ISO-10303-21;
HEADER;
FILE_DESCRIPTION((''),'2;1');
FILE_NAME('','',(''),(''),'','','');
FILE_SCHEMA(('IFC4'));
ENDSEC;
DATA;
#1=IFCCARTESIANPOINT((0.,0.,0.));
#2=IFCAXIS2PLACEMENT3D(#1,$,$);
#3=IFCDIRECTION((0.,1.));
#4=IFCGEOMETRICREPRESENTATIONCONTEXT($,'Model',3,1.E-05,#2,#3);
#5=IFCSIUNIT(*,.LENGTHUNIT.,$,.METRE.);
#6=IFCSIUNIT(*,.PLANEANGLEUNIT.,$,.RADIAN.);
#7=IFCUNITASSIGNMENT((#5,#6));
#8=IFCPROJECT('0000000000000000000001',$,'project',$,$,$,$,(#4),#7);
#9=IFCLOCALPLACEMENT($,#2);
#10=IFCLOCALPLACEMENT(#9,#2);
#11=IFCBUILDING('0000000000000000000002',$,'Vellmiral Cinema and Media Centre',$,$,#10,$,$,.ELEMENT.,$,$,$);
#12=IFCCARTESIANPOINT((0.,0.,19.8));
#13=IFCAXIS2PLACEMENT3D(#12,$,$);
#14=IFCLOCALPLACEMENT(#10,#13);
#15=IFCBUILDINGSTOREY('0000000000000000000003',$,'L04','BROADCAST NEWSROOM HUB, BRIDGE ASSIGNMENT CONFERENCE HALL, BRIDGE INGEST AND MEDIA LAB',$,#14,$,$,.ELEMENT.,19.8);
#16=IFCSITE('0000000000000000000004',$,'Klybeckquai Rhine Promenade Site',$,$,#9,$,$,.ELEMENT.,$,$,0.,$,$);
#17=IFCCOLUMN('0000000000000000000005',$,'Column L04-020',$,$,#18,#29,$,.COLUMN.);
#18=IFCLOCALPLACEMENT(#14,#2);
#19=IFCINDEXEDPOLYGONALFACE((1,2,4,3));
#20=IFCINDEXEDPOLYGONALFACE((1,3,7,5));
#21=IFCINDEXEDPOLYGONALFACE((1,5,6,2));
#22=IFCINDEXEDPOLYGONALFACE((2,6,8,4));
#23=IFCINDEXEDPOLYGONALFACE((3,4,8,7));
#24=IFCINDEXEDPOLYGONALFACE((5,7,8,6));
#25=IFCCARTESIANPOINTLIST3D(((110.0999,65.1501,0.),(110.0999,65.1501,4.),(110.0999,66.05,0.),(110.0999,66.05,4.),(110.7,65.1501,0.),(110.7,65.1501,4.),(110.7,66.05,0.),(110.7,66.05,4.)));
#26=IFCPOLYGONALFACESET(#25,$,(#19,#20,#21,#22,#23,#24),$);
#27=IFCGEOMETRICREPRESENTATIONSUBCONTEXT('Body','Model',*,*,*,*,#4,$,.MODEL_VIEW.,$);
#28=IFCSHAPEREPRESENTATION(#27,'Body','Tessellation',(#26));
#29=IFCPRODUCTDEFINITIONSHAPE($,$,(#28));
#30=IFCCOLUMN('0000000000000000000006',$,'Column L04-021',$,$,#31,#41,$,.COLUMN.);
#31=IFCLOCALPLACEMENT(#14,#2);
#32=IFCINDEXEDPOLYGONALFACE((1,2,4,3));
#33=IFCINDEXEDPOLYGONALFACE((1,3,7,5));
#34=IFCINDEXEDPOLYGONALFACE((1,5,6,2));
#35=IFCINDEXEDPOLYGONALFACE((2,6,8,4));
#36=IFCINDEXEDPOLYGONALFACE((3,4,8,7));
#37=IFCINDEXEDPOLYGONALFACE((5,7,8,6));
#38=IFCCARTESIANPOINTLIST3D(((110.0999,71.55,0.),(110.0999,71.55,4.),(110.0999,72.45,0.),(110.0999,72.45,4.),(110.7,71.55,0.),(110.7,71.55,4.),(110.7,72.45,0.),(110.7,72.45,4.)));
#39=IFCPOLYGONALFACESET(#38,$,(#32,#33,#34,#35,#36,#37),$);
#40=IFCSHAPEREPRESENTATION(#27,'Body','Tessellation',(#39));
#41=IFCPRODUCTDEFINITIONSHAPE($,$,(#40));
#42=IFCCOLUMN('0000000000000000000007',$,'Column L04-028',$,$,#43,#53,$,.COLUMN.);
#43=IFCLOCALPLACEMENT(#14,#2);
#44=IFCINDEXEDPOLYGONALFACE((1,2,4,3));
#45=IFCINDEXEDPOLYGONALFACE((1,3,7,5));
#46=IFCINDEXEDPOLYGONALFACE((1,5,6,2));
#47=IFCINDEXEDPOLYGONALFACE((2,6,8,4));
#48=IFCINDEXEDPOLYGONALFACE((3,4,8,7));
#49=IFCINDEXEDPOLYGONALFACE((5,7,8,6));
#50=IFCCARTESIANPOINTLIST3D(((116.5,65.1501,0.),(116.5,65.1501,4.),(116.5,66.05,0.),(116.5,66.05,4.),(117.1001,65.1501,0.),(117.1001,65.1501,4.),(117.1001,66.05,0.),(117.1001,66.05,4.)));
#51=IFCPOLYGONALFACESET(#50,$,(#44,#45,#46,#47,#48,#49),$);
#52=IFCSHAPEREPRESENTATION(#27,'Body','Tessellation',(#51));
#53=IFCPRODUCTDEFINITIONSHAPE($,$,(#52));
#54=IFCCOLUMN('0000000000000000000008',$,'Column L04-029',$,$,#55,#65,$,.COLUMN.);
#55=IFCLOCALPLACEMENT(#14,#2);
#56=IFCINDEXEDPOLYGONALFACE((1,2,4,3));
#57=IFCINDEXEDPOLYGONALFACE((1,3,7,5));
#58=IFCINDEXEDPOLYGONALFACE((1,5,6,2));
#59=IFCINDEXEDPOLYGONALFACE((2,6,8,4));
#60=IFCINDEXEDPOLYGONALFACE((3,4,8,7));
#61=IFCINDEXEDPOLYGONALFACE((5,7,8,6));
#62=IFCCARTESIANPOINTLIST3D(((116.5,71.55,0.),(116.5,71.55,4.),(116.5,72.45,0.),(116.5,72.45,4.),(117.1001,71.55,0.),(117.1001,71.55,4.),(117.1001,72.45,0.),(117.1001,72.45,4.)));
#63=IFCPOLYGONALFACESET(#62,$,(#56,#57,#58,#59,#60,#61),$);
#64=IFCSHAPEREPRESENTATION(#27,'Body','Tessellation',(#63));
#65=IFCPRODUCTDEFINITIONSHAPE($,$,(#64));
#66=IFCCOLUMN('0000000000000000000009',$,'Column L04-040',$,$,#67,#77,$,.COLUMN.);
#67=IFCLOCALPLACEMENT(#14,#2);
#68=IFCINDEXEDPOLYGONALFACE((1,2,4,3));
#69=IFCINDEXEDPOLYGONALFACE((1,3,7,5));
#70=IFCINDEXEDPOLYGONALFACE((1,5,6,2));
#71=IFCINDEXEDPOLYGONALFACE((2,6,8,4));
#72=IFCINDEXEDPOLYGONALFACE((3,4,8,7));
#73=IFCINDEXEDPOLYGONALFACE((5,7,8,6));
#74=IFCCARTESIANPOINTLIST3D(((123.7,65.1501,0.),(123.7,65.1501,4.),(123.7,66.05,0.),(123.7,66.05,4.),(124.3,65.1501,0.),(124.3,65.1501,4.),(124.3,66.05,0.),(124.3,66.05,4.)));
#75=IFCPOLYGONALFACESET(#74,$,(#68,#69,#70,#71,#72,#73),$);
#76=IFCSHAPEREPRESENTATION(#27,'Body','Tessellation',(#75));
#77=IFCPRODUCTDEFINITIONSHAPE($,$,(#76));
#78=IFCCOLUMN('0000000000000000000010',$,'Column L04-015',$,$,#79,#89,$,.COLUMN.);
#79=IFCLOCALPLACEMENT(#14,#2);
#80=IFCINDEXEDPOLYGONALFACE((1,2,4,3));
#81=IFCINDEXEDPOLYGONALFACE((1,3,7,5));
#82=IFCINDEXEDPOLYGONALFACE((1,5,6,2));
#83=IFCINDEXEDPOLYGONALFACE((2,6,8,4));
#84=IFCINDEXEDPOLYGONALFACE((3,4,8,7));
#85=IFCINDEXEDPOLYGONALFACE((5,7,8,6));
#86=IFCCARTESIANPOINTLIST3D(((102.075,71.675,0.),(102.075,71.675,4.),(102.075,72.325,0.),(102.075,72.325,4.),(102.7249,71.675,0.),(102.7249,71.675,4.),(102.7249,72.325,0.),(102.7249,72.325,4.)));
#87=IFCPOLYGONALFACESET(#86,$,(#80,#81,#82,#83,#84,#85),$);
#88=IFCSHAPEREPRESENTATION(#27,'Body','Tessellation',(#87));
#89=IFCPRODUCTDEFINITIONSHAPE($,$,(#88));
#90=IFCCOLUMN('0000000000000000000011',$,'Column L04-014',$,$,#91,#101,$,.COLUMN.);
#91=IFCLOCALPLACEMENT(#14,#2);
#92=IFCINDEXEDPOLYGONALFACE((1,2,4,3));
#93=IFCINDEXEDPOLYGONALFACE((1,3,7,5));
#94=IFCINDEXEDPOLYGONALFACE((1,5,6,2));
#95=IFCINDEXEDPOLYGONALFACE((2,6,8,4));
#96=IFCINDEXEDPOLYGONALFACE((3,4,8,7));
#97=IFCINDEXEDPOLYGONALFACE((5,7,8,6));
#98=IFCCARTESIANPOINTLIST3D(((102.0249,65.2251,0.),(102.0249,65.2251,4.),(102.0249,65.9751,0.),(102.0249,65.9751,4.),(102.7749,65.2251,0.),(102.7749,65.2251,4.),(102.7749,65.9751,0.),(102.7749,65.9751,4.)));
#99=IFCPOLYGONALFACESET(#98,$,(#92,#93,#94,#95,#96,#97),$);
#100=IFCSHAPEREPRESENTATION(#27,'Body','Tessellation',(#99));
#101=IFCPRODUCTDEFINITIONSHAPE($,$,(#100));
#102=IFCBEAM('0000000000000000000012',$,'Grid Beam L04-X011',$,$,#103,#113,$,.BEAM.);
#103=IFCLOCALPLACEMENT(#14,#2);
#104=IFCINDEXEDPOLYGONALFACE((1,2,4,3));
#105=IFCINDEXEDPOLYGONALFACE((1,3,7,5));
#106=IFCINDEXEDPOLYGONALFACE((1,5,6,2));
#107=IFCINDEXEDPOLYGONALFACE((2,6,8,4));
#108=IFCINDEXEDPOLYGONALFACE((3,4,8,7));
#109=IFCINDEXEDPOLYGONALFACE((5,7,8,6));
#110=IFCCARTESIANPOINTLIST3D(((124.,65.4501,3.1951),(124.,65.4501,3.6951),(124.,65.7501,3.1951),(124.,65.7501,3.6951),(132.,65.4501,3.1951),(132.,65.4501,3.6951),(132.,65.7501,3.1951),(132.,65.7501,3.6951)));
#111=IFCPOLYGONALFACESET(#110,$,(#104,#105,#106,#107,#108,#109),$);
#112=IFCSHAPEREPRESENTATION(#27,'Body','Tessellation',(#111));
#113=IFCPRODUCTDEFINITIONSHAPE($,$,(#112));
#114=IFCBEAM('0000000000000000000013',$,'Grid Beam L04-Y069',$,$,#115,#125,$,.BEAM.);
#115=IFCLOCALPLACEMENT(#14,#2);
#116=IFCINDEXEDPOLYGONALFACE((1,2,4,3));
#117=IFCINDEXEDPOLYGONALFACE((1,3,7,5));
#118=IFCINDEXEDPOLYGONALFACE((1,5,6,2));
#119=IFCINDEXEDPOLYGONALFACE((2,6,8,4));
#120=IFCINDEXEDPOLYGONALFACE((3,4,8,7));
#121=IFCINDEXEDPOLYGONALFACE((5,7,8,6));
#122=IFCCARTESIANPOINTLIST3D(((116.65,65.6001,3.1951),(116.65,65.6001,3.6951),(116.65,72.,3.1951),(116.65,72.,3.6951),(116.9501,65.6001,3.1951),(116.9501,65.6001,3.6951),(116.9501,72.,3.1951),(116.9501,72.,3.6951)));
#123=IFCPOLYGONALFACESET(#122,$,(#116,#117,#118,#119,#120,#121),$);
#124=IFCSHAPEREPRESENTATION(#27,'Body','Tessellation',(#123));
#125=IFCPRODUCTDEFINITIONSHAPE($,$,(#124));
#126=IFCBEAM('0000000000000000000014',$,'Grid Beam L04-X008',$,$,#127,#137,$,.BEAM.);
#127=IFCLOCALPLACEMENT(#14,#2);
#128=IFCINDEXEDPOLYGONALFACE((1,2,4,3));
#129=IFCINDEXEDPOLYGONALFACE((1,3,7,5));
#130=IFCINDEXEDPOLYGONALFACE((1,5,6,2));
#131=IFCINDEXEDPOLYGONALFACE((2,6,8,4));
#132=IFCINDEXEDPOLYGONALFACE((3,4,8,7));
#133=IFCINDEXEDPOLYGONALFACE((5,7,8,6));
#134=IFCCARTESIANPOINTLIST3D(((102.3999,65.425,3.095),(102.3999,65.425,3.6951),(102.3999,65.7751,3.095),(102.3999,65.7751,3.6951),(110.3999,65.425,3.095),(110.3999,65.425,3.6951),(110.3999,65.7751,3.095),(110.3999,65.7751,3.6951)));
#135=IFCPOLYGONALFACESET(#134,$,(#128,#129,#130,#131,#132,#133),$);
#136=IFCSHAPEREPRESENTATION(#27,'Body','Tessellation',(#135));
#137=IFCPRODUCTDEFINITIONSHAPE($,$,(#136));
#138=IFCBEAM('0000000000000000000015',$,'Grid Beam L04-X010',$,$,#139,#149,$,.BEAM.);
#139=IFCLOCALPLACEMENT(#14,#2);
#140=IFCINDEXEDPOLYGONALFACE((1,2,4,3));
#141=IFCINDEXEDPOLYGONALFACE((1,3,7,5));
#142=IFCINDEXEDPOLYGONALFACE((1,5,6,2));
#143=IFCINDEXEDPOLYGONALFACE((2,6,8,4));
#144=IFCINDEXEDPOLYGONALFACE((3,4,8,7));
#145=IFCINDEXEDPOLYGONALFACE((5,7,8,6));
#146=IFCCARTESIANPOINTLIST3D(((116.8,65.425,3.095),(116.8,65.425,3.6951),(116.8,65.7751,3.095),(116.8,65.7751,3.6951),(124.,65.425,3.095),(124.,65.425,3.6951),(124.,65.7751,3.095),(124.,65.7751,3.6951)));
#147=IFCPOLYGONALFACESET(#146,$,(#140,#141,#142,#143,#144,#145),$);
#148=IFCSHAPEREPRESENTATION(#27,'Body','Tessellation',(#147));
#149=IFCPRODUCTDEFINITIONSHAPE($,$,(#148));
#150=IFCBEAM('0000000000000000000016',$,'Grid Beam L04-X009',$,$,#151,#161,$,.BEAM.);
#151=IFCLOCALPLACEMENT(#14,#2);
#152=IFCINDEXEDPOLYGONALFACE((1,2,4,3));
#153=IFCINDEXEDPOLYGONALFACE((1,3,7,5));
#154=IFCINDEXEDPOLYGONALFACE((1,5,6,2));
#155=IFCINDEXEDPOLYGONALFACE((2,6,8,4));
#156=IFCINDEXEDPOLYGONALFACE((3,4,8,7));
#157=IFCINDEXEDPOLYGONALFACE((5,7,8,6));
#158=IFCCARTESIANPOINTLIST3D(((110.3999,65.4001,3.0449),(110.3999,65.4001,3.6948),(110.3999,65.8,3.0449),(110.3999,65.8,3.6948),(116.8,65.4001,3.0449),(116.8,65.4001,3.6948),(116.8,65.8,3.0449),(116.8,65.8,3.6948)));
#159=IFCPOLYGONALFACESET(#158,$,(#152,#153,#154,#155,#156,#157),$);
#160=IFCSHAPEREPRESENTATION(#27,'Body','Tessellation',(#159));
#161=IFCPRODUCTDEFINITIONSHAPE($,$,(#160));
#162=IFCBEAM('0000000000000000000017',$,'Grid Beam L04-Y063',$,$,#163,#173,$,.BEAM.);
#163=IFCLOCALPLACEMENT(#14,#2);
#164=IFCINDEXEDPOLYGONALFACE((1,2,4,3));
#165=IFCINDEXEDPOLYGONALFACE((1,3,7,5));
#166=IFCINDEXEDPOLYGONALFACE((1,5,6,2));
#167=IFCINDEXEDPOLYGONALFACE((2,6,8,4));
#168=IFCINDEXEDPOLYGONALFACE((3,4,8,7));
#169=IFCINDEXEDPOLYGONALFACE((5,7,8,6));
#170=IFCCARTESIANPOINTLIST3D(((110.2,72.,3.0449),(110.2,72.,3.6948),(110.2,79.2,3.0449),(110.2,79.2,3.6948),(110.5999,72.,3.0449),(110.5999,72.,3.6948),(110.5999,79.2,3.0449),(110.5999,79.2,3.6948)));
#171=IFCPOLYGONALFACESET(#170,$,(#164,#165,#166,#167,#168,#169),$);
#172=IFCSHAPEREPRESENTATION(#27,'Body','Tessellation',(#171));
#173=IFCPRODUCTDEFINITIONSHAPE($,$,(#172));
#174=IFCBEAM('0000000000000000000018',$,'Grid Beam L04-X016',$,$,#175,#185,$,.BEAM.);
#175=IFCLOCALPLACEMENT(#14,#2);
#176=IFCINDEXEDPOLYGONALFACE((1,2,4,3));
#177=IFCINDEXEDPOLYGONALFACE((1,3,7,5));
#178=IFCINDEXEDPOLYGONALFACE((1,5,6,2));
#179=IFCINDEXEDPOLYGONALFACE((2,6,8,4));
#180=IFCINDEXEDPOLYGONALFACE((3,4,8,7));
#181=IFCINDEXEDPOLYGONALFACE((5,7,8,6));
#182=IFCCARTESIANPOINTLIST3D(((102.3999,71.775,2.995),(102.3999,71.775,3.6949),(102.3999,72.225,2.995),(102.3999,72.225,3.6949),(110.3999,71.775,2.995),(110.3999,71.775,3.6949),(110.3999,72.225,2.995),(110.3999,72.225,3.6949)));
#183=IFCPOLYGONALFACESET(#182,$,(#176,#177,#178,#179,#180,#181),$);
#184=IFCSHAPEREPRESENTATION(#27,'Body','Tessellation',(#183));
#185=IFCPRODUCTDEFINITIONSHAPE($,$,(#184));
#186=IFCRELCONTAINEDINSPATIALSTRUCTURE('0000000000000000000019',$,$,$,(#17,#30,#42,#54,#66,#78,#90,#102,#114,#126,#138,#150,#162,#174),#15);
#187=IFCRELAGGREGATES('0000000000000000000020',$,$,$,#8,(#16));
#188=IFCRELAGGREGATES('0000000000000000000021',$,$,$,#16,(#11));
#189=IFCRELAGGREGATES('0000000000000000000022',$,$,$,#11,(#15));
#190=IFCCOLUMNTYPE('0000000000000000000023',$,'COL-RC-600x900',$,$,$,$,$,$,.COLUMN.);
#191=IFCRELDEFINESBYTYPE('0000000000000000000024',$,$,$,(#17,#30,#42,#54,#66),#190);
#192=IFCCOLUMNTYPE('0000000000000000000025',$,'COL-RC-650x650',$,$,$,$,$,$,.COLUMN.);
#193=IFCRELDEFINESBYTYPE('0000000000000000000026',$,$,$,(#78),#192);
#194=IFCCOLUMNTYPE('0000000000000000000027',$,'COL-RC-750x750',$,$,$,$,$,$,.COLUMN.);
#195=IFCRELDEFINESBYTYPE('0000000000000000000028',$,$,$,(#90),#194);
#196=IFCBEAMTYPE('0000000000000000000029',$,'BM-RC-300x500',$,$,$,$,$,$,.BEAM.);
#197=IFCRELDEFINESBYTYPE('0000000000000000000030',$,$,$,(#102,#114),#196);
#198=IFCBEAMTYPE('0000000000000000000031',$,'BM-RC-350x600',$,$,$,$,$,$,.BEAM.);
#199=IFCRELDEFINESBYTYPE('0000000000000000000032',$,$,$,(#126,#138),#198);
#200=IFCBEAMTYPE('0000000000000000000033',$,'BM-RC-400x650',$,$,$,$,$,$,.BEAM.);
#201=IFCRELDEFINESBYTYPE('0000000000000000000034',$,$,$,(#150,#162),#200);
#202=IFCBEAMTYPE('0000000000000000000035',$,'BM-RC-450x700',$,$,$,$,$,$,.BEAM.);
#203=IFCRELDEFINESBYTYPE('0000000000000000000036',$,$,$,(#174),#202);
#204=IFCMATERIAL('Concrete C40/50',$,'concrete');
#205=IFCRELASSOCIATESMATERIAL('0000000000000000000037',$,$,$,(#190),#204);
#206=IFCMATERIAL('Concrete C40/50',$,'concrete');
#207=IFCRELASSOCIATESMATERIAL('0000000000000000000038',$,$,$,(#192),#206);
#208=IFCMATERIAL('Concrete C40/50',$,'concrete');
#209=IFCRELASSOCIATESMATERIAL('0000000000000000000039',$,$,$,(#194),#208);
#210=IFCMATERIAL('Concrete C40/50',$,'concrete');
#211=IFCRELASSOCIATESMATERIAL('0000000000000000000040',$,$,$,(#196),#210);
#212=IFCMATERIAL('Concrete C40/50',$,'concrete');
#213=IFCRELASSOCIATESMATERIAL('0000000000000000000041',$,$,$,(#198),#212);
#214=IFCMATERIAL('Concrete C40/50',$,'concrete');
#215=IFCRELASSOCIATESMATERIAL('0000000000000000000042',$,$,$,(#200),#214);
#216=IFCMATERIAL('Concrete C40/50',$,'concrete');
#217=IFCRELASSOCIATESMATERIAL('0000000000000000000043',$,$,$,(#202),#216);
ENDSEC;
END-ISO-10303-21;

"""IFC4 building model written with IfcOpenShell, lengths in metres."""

from ifc_helpers import new_model, si_unit, direction, frame, origin, origin_2d, place, context, subcontext, project, spatial, rectangle, extrude, material, material_profile, profile_set, type_object, element, save


model = new_model("IFC4")

# Units and contexts
model_context = context("Model", 3, precision=1e-05, world=origin(), true_north=direction((0.0, 1.0)))
body_context = subcontext(model_context, "Body", "Model", "MODEL_VIEW")
ifc_project = project(units=[si_unit("LENGTHUNIT", "METRE"), si_unit("PLANEANGLEUNIT", "RADIAN")], contexts=[model_context])

# Site, building, storey
site_placement = place(None, origin())
site = spatial("IfcSite", under=ifc_project, at=site_placement, Name="Klybeckquai Rhine Promenade Site", CompositionType="ELEMENT", RefElevation=0.0)
building_placement = place(site_placement, origin())
building = spatial("IfcBuilding", under=site, at=building_placement, Name="Vellmiral Cinema and Media Centre", CompositionType="ELEMENT")
storey_placement = place(building_placement, frame((0.0, 0.0, 19.8)))
storey = spatial("IfcBuildingStorey", under=building, at=storey_placement, Name="L04", Description="BROADCAST NEWSROOM HUB, BRIDGE ASSIGNMENT CONFERENCE HALL, BRIDGE INGEST AND MEDIA LAB", CompositionType="ELEMENT", Elevation=19.8)

# Columns
ifc_material_1 = material(Name="Concrete C40/50", Category="concrete")
ifc_material_profile_1 = material_profile(ifc_material_1, rectangle(XDim=0.6001, YDim=0.8999, at=origin_2d()), Name="RC 600x900")
ifc_profile_set_1 = profile_set([ifc_material_profile_1], Name="Concrete C40/50")
column_type_1 = type_object("IfcColumnType", Name="COL-RC-600x900", PredefinedType="COLUMN", material=ifc_profile_set_1)
for number, where, z_axis, x_axis, name in (
    (1, (110.3999, 65.6001, 0.0), (0.0, 0.0, 1.0), (1.0, 0.0, 0.0), "Column L04-020"),
    (2, (110.3999, 72.0, 0.0), (0.0, 0.0, 1.0), (1.0, 0.0, 0.0), "Column L04-021"),
    (3, (116.8, 65.6001, 0.0), (0.0, 0.0, 1.0), (1.0, 0.0, 0.0), "Column L04-028"),
    (4, (116.8, 72.0, 0.0), (0.0, 0.0, 1.0), (1.0, 0.0, 0.0), "Column L04-029"),
    (5, (124.0, 65.6001, 0.0), (0.0, 0.0, 1.0), (1.0, 0.0, 0.0), "Column L04-040"),
):
    element("IfcColumn", number, at=place(storey_placement, frame(where, z_axis=z_axis, x_axis=x_axis)), inside=storey, type_object=column_type_1, Name=name, PredefinedType="COLUMN", context=body_context, shape_type="SweptSolid", body=[
        extrude(rectangle(XDim=0.6001, YDim=0.8999, at=origin_2d()), origin(), (0.0, 0.0, 1.0), 4.0),
    ])
ifc_material_2 = material(Name="Concrete C40/50", Category="concrete")
ifc_material_profile_2 = material_profile(ifc_material_2, rectangle(XDim=0.6499, YDim=0.6499, at=origin_2d()), Name="RC 650x650")
ifc_profile_set_2 = profile_set([ifc_material_profile_2], Name="Concrete C40/50")
column_type_2 = type_object("IfcColumnType", Name="COL-RC-650x650", PredefinedType="COLUMN", material=ifc_profile_set_2)
column_1_placement = place(storey_placement, frame((102.3999, 72.0, 0.0), z_axis=(0.0, 0.0, 1.0), x_axis=(1.0, 0.0, 0.0)))
element("IfcColumn", 6, at=column_1_placement, inside=storey, type_object=column_type_2, Name="Column L04-015", PredefinedType="COLUMN", context=body_context, shape_type="SweptSolid", body=[
    extrude(rectangle(XDim=0.6499, YDim=0.6499, at=origin_2d()), origin(), (0.0, 0.0, 1.0), 4.0),
])
ifc_material_3 = material(Name="Concrete C40/50", Category="concrete")
ifc_material_profile_3 = material_profile(ifc_material_3, rectangle(XDim=0.75, YDim=0.75, at=origin_2d()), Name="RC 750x750")
ifc_profile_set_3 = profile_set([ifc_material_profile_3], Name="Concrete C40/50")
column_type_3 = type_object("IfcColumnType", Name="COL-RC-750x750", PredefinedType="COLUMN", material=ifc_profile_set_3)
column_2_placement = place(storey_placement, frame((102.3999, 65.6001, 0.0), z_axis=(0.0, 0.0, 1.0), x_axis=(1.0, 0.0, 0.0)))
element("IfcColumn", 7, at=column_2_placement, inside=storey, type_object=column_type_3, Name="Column L04-014", PredefinedType="COLUMN", context=body_context, shape_type="SweptSolid", body=[
    extrude(rectangle(XDim=0.75, YDim=0.75, at=origin_2d()), origin(), (0.0, 0.0, 1.0), 4.0),
])

# Beams
ifc_material_4 = material(Name="Concrete C40/50", Category="concrete")
ifc_material_profile_4 = material_profile(ifc_material_4, rectangle(XDim=0.3, YDim=0.5, at=origin_2d()), Name="RC 300x500")
ifc_profile_set_4 = profile_set([ifc_material_profile_4], Name="Concrete C40/50")
beam_type_1 = type_object("IfcBeamType", Name="BM-RC-300x500", PredefinedType="BEAM", material=ifc_profile_set_4)
beam_1_placement = place(storey_placement, frame((124.0, 65.6001, 3.4451), z_axis=(1.0, 0.0, 0.0), x_axis=(0.0, 1.0, 0.0)))
element("IfcBeam", 8, at=beam_1_placement, inside=storey, type_object=beam_type_1, Name="Grid Beam L04-X011", PredefinedType="BEAM", context=body_context, shape_type="SweptSolid", body=[
    extrude(rectangle(XDim=0.3, YDim=0.5, at=origin_2d()), origin(), (0.0, 0.0, 1.0), 8.0),
])
beam_2_placement = place(storey_placement, frame((116.8, 65.6001, 3.4451), z_axis=(0.0, 1.0, 0.0), x_axis=(-1.0, 0.0, 0.0)))
element("IfcBeam", 9, at=beam_2_placement, inside=storey, type_object=beam_type_1, Name="Grid Beam L04-Y069", PredefinedType="BEAM", context=body_context, shape_type="SweptSolid", body=[
    extrude(rectangle(XDim=0.3, YDim=0.5, at=origin_2d()), origin(), (0.0, 0.0, 1.0), 6.3999),
])
ifc_material_5 = material(Name="Concrete C40/50", Category="concrete")
ifc_material_profile_5 = material_profile(ifc_material_5, rectangle(XDim=0.3501, YDim=0.6001, at=origin_2d()), Name="RC 350x600")
ifc_profile_set_5 = profile_set([ifc_material_profile_5], Name="Concrete C40/50")
beam_type_2 = type_object("IfcBeamType", Name="BM-RC-350x600", PredefinedType="BEAM", material=ifc_profile_set_5)
beam_3_placement = place(storey_placement, frame((102.3999, 65.6001, 3.395), z_axis=(1.0, 0.0, 0.0), x_axis=(0.0, 1.0, 0.0)))
element("IfcBeam", 10, at=beam_3_placement, inside=storey, type_object=beam_type_2, Name="Grid Beam L04-X008", PredefinedType="BEAM", context=body_context, shape_type="SweptSolid", body=[
    extrude(rectangle(XDim=0.3501, YDim=0.6001, at=origin_2d()), origin(), (0.0, 0.0, 1.0), 8.0),
])
beam_4_placement = place(storey_placement, frame((116.8, 65.6001, 3.395), z_axis=(1.0, 0.0, 0.0), x_axis=(0.0, 1.0, 0.0)))
element("IfcBeam", 11, at=beam_4_placement, inside=storey, type_object=beam_type_2, Name="Grid Beam L04-X010", PredefinedType="BEAM", context=body_context, shape_type="SweptSolid", body=[
    extrude(rectangle(XDim=0.3501, YDim=0.6001, at=origin_2d()), origin(), (0.0, 0.0, 1.0), 7.2),
])
ifc_material_6 = material(Name="Concrete C40/50", Category="concrete")
ifc_material_profile_6 = material_profile(ifc_material_6, rectangle(XDim=0.3999, YDim=0.6499, at=origin_2d()), Name="RC 400x650")
ifc_profile_set_6 = profile_set([ifc_material_profile_6], Name="Concrete C40/50")
beam_type_3 = type_object("IfcBeamType", Name="BM-RC-400x650", PredefinedType="BEAM", material=ifc_profile_set_6)
beam_5_placement = place(storey_placement, frame((110.3999, 65.6001, 3.3699), z_axis=(1.0, 0.0, 0.0), x_axis=(0.0, 1.0, 0.0)))
element("IfcBeam", 12, at=beam_5_placement, inside=storey, type_object=beam_type_3, Name="Grid Beam L04-X009", PredefinedType="BEAM", context=body_context, shape_type="SweptSolid", body=[
    extrude(rectangle(XDim=0.3999, YDim=0.6499, at=origin_2d()), origin(), (0.0, 0.0, 1.0), 6.4001),
])
beam_6_placement = place(storey_placement, frame((110.3999, 72.0, 3.3699), z_axis=(0.0, 1.0, 0.0), x_axis=(-1.0, 0.0, 0.0)))
element("IfcBeam", 13, at=beam_6_placement, inside=storey, type_object=beam_type_3, Name="Grid Beam L04-Y063", PredefinedType="BEAM", context=body_context, shape_type="SweptSolid", body=[
    extrude(rectangle(XDim=0.3999, YDim=0.6499, at=origin_2d()), origin(), (0.0, 0.0, 1.0), 7.2),
])
ifc_material_7 = material(Name="Concrete C40/50", Category="concrete")
ifc_material_profile_7 = material_profile(ifc_material_7, rectangle(XDim=0.45, YDim=0.7, at=origin_2d()), Name="RC 450x700")
ifc_profile_set_7 = profile_set([ifc_material_profile_7], Name="Concrete C40/50")
beam_type_4 = type_object("IfcBeamType", Name="BM-RC-450x700", PredefinedType="BEAM", material=ifc_profile_set_7)
beam_7_placement = place(storey_placement, frame((102.3999, 72.0, 3.345), z_axis=(1.0, 0.0, 0.0), x_axis=(0.0, 1.0, 0.0)))
element("IfcBeam", 14, at=beam_7_placement, inside=storey, type_object=beam_type_4, Name="Grid Beam L04-X016", PredefinedType="BEAM", context=body_context, shape_type="SweptSolid", body=[
    extrude(rectangle(XDim=0.45, YDim=0.7, at=origin_2d()), origin(), (0.0, 0.0, 1.0), 8.0),
])

save(model, "model.ifc")
